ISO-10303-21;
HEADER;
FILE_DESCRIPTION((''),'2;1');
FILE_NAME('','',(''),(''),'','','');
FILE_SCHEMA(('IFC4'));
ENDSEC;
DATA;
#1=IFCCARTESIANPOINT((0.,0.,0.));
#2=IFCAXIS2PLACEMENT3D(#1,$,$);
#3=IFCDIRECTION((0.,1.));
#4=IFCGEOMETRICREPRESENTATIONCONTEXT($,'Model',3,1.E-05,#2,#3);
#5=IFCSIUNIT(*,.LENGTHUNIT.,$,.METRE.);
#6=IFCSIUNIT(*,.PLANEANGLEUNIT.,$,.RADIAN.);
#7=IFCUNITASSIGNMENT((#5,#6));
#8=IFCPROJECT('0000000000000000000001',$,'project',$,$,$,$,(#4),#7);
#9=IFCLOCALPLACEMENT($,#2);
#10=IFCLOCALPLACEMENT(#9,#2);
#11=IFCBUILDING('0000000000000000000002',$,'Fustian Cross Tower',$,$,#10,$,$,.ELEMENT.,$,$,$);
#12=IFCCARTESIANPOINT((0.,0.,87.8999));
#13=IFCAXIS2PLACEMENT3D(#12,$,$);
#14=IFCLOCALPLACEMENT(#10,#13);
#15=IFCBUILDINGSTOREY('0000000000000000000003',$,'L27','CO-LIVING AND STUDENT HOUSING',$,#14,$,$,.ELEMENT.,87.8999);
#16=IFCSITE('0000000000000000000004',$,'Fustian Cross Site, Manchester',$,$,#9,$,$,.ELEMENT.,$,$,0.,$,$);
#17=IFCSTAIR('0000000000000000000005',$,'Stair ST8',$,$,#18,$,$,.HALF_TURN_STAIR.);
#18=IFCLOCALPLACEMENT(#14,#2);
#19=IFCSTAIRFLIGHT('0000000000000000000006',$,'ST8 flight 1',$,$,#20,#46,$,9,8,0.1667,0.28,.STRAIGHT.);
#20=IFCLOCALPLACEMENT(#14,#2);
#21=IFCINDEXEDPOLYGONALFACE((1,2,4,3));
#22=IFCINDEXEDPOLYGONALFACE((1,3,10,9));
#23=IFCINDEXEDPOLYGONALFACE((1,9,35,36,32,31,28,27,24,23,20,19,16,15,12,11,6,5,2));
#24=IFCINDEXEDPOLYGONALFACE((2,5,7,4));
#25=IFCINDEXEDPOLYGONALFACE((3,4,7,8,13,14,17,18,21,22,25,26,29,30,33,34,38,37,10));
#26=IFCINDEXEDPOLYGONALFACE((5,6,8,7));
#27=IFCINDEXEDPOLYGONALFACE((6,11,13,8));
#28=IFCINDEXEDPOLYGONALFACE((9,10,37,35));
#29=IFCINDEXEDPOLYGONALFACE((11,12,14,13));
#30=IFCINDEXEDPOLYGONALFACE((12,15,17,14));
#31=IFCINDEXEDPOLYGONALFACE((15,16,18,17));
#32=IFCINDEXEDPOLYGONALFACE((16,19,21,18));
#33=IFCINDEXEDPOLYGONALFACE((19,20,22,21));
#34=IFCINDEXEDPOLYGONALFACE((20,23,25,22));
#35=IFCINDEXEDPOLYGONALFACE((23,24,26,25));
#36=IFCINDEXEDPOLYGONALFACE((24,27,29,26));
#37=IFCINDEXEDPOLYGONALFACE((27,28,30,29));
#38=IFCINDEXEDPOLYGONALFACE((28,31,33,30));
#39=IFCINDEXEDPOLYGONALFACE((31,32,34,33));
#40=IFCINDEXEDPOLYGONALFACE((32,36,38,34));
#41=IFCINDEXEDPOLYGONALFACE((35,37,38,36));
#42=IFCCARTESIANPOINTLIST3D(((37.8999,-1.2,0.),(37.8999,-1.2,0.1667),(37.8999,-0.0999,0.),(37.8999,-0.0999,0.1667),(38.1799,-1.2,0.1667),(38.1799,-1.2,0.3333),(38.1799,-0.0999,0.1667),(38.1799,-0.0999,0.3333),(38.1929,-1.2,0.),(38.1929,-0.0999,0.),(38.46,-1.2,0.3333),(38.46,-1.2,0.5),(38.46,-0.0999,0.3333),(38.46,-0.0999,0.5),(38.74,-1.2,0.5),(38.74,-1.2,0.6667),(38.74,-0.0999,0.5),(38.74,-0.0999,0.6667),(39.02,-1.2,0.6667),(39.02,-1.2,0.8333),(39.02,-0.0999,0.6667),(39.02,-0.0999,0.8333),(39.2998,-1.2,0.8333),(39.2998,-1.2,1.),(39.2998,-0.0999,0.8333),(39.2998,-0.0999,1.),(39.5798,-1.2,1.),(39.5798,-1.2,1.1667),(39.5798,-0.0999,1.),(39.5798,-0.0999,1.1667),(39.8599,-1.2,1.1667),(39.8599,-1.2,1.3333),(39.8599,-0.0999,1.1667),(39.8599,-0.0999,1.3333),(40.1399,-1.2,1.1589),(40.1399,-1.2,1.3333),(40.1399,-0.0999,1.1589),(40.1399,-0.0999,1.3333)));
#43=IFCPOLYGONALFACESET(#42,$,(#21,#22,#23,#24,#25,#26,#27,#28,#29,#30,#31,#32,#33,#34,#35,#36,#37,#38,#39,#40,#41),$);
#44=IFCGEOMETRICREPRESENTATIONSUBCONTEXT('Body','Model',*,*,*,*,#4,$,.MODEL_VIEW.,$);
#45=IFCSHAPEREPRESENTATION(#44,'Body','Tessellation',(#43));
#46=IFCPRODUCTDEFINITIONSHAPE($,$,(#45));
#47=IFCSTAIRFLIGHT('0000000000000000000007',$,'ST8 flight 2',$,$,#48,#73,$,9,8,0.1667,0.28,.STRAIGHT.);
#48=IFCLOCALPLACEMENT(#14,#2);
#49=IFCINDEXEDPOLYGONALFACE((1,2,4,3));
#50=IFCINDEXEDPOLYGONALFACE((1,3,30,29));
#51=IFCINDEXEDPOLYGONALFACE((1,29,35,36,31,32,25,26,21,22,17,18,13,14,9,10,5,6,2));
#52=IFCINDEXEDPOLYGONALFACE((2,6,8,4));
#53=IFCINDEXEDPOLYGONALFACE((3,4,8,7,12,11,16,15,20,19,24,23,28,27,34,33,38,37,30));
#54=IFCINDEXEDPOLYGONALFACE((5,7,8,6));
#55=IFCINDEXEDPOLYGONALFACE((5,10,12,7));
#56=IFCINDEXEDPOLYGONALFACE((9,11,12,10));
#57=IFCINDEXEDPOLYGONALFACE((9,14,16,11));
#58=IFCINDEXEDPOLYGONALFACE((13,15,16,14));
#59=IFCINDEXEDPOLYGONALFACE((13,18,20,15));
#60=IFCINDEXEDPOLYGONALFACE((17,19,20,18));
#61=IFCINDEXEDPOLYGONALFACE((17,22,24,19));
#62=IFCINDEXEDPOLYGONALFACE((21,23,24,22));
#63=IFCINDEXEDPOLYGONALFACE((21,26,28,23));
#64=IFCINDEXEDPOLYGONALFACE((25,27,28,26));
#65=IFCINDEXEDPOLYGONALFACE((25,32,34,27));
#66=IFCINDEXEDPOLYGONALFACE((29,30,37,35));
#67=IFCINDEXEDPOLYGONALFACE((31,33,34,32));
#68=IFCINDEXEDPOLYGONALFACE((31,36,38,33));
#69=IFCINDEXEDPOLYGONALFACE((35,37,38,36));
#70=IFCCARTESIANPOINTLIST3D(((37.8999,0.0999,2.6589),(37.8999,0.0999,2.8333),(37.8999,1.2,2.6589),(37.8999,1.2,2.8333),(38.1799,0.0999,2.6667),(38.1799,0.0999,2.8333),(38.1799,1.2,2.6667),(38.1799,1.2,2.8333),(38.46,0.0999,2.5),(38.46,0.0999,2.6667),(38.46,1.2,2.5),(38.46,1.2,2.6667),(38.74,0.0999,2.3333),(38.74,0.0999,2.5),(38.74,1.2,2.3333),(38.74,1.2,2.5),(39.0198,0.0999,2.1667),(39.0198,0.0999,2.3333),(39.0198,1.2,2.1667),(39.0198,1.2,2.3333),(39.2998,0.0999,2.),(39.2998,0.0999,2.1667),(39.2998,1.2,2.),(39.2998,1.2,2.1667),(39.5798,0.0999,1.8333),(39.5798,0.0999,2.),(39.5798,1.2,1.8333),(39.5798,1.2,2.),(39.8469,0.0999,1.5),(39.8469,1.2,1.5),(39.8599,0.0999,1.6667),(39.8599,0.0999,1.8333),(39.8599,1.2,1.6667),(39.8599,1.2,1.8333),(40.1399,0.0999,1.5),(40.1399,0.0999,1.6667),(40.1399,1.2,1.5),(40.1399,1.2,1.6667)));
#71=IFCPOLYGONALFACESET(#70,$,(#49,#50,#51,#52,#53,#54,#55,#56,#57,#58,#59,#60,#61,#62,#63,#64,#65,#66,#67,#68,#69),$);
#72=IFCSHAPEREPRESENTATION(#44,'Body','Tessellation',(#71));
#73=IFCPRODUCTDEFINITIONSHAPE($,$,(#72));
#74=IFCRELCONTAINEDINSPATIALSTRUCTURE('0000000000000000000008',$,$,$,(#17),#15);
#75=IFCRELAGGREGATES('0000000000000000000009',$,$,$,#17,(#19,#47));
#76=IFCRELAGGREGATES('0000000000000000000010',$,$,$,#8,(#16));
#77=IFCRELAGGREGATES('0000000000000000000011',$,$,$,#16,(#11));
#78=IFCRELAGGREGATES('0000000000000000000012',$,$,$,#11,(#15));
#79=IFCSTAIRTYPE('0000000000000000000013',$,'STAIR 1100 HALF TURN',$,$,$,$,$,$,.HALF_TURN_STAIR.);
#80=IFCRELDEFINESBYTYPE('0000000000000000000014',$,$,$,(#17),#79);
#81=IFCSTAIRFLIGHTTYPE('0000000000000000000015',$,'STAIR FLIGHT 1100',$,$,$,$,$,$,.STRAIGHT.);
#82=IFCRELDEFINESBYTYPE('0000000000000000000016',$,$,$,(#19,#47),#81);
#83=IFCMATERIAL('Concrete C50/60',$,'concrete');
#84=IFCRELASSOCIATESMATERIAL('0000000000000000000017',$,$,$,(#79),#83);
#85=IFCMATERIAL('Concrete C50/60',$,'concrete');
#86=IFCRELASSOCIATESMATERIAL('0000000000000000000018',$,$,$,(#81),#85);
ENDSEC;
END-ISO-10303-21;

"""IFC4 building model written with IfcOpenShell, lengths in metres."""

from ifc_helpers import new_model, si_unit, direction, frame, origin, place, context, subcontext, project, spatial, polyline, outline, extrude, material, type_object, element, aggregate, save


model = new_model("IFC4")

# Units and contexts
model_context = context("Model", 3, precision=1e-05, world=origin(), true_north=direction((0.0, 1.0)))
body_context = subcontext(model_context, "Body", "Model", "MODEL_VIEW")
ifc_project = project(units=[si_unit("LENGTHUNIT", "METRE"), si_unit("PLANEANGLEUNIT", "RADIAN")], contexts=[model_context])

# Site, building, storey
site_placement = place(None, origin())
site = spatial("IfcSite", under=ifc_project, at=site_placement, Name="Fustian Cross Site, Manchester", CompositionType="ELEMENT", RefElevation=0.0)
building_placement = place(site_placement, origin())
building = spatial("IfcBuilding", under=site, at=building_placement, Name="Fustian Cross Tower", CompositionType="ELEMENT")
storey_placement = place(building_placement, frame((0.0, 0.0, 87.8999)))
storey = spatial("IfcBuildingStorey", under=building, at=storey_placement, Name="L27", Description="CO-LIVING AND STUDENT HOUSING", CompositionType="ELEMENT", Elevation=87.8999)

# Stair, stair flights
ifc_material_1 = material(Name="Concrete C50/60", Category="concrete")
stair_type = type_object("IfcStairType", Name="STAIR 1100 HALF TURN", PredefinedType="HALF_TURN_STAIR", material=ifc_material_1)
stair_placement = place(storey_placement, origin())
stair = element("IfcStair", 1, at=stair_placement, inside=storey, type_object=stair_type, Name="Stair ST8", PredefinedType="HALF_TURN_STAIR")
ifc_material_2 = material(Name="Concrete C50/60", Category="concrete")
stair_flight_type = type_object("IfcStairFlightType", Name="STAIR FLIGHT 1100", PredefinedType="STRAIGHT", material=ifc_material_2)
stair_flight_1_placement = place(storey_placement, frame((37.8999, -0.6499, 0.0), z_axis=(0.0, 0.0, 1.0), x_axis=(1.0, 0.0, 0.0)))
stair_flight_1 = element("IfcStairFlight", 2, at=stair_flight_1_placement, type_object=stair_flight_type, Name="ST8 flight 1", NumberOfRisers=9, NumberOfTreads=8, PredefinedType="STRAIGHT", RiserHeight=0.1667, TreadLength=0.28, context=body_context, shape_type="SweptSolid", body=[
    extrude(outline(polyline([(0.0, 0.0), (0.0, 0.1667), (0.28, 0.1667), (0.28, 0.3333), (0.5601, 0.3333), (0.5601, 0.5), (0.8401, 0.5), (0.8401, 0.6667), (1.1201, 0.6667), (1.1201, 0.8333), (1.3999, 0.8333), (1.3999, 1.0), (1.6799, 1.0), (1.6799, 1.1667), (1.96, 1.1667), (1.96, 1.3333), (2.24, 1.3333), (2.24, 1.5), (2.24, 1.1589), (0.293, 0.0), (0.0, 0.0)])), frame((0.0, 0.55, 0.0), z_axis=(0.0, -1.0, 0.0), x_axis=(1.0, 0.0, 0.0)), (0.0, 0.0, 1.0), 1.1001),
])
stair_flight_2_placement = place(storey_placement, frame((40.1399, 0.6499, 1.5), z_axis=(0.0, 0.0, 1.0), x_axis=(-1.0, 0.0, 0.0)))
stair_flight_2 = element("IfcStairFlight", 3, at=stair_flight_2_placement, type_object=stair_flight_type, Name="ST8 flight 2", NumberOfRisers=9, NumberOfTreads=8, PredefinedType="STRAIGHT", RiserHeight=0.1667, TreadLength=0.28, context=body_context, shape_type="SweptSolid", body=[
    extrude(outline(polyline([(0.0, 0.0), (0.0, 0.1667), (0.28, 0.1667), (0.28, 0.3333), (0.5601, 0.3333), (0.5601, 0.5), (0.8401, 0.5), (0.8401, 0.6667), (1.1201, 0.6667), (1.1201, 0.8333), (1.3999, 0.8333), (1.3999, 1.0), (1.6799, 1.0), (1.6799, 1.1667), (1.96, 1.1667), (1.96, 1.3333), (2.24, 1.3333), (2.24, 1.5), (2.24, 1.1589), (0.293, 0.0), (0.0, 0.0)])), frame((0.0, 0.55, 0.0), z_axis=(0.0, -1.0, 0.0), x_axis=(1.0, 0.0, 0.0)), (0.0, 0.0, 1.0), 1.1001),
])
aggregate(stair, [stair_flight_1, stair_flight_2])

save(model, "model.ifc")
